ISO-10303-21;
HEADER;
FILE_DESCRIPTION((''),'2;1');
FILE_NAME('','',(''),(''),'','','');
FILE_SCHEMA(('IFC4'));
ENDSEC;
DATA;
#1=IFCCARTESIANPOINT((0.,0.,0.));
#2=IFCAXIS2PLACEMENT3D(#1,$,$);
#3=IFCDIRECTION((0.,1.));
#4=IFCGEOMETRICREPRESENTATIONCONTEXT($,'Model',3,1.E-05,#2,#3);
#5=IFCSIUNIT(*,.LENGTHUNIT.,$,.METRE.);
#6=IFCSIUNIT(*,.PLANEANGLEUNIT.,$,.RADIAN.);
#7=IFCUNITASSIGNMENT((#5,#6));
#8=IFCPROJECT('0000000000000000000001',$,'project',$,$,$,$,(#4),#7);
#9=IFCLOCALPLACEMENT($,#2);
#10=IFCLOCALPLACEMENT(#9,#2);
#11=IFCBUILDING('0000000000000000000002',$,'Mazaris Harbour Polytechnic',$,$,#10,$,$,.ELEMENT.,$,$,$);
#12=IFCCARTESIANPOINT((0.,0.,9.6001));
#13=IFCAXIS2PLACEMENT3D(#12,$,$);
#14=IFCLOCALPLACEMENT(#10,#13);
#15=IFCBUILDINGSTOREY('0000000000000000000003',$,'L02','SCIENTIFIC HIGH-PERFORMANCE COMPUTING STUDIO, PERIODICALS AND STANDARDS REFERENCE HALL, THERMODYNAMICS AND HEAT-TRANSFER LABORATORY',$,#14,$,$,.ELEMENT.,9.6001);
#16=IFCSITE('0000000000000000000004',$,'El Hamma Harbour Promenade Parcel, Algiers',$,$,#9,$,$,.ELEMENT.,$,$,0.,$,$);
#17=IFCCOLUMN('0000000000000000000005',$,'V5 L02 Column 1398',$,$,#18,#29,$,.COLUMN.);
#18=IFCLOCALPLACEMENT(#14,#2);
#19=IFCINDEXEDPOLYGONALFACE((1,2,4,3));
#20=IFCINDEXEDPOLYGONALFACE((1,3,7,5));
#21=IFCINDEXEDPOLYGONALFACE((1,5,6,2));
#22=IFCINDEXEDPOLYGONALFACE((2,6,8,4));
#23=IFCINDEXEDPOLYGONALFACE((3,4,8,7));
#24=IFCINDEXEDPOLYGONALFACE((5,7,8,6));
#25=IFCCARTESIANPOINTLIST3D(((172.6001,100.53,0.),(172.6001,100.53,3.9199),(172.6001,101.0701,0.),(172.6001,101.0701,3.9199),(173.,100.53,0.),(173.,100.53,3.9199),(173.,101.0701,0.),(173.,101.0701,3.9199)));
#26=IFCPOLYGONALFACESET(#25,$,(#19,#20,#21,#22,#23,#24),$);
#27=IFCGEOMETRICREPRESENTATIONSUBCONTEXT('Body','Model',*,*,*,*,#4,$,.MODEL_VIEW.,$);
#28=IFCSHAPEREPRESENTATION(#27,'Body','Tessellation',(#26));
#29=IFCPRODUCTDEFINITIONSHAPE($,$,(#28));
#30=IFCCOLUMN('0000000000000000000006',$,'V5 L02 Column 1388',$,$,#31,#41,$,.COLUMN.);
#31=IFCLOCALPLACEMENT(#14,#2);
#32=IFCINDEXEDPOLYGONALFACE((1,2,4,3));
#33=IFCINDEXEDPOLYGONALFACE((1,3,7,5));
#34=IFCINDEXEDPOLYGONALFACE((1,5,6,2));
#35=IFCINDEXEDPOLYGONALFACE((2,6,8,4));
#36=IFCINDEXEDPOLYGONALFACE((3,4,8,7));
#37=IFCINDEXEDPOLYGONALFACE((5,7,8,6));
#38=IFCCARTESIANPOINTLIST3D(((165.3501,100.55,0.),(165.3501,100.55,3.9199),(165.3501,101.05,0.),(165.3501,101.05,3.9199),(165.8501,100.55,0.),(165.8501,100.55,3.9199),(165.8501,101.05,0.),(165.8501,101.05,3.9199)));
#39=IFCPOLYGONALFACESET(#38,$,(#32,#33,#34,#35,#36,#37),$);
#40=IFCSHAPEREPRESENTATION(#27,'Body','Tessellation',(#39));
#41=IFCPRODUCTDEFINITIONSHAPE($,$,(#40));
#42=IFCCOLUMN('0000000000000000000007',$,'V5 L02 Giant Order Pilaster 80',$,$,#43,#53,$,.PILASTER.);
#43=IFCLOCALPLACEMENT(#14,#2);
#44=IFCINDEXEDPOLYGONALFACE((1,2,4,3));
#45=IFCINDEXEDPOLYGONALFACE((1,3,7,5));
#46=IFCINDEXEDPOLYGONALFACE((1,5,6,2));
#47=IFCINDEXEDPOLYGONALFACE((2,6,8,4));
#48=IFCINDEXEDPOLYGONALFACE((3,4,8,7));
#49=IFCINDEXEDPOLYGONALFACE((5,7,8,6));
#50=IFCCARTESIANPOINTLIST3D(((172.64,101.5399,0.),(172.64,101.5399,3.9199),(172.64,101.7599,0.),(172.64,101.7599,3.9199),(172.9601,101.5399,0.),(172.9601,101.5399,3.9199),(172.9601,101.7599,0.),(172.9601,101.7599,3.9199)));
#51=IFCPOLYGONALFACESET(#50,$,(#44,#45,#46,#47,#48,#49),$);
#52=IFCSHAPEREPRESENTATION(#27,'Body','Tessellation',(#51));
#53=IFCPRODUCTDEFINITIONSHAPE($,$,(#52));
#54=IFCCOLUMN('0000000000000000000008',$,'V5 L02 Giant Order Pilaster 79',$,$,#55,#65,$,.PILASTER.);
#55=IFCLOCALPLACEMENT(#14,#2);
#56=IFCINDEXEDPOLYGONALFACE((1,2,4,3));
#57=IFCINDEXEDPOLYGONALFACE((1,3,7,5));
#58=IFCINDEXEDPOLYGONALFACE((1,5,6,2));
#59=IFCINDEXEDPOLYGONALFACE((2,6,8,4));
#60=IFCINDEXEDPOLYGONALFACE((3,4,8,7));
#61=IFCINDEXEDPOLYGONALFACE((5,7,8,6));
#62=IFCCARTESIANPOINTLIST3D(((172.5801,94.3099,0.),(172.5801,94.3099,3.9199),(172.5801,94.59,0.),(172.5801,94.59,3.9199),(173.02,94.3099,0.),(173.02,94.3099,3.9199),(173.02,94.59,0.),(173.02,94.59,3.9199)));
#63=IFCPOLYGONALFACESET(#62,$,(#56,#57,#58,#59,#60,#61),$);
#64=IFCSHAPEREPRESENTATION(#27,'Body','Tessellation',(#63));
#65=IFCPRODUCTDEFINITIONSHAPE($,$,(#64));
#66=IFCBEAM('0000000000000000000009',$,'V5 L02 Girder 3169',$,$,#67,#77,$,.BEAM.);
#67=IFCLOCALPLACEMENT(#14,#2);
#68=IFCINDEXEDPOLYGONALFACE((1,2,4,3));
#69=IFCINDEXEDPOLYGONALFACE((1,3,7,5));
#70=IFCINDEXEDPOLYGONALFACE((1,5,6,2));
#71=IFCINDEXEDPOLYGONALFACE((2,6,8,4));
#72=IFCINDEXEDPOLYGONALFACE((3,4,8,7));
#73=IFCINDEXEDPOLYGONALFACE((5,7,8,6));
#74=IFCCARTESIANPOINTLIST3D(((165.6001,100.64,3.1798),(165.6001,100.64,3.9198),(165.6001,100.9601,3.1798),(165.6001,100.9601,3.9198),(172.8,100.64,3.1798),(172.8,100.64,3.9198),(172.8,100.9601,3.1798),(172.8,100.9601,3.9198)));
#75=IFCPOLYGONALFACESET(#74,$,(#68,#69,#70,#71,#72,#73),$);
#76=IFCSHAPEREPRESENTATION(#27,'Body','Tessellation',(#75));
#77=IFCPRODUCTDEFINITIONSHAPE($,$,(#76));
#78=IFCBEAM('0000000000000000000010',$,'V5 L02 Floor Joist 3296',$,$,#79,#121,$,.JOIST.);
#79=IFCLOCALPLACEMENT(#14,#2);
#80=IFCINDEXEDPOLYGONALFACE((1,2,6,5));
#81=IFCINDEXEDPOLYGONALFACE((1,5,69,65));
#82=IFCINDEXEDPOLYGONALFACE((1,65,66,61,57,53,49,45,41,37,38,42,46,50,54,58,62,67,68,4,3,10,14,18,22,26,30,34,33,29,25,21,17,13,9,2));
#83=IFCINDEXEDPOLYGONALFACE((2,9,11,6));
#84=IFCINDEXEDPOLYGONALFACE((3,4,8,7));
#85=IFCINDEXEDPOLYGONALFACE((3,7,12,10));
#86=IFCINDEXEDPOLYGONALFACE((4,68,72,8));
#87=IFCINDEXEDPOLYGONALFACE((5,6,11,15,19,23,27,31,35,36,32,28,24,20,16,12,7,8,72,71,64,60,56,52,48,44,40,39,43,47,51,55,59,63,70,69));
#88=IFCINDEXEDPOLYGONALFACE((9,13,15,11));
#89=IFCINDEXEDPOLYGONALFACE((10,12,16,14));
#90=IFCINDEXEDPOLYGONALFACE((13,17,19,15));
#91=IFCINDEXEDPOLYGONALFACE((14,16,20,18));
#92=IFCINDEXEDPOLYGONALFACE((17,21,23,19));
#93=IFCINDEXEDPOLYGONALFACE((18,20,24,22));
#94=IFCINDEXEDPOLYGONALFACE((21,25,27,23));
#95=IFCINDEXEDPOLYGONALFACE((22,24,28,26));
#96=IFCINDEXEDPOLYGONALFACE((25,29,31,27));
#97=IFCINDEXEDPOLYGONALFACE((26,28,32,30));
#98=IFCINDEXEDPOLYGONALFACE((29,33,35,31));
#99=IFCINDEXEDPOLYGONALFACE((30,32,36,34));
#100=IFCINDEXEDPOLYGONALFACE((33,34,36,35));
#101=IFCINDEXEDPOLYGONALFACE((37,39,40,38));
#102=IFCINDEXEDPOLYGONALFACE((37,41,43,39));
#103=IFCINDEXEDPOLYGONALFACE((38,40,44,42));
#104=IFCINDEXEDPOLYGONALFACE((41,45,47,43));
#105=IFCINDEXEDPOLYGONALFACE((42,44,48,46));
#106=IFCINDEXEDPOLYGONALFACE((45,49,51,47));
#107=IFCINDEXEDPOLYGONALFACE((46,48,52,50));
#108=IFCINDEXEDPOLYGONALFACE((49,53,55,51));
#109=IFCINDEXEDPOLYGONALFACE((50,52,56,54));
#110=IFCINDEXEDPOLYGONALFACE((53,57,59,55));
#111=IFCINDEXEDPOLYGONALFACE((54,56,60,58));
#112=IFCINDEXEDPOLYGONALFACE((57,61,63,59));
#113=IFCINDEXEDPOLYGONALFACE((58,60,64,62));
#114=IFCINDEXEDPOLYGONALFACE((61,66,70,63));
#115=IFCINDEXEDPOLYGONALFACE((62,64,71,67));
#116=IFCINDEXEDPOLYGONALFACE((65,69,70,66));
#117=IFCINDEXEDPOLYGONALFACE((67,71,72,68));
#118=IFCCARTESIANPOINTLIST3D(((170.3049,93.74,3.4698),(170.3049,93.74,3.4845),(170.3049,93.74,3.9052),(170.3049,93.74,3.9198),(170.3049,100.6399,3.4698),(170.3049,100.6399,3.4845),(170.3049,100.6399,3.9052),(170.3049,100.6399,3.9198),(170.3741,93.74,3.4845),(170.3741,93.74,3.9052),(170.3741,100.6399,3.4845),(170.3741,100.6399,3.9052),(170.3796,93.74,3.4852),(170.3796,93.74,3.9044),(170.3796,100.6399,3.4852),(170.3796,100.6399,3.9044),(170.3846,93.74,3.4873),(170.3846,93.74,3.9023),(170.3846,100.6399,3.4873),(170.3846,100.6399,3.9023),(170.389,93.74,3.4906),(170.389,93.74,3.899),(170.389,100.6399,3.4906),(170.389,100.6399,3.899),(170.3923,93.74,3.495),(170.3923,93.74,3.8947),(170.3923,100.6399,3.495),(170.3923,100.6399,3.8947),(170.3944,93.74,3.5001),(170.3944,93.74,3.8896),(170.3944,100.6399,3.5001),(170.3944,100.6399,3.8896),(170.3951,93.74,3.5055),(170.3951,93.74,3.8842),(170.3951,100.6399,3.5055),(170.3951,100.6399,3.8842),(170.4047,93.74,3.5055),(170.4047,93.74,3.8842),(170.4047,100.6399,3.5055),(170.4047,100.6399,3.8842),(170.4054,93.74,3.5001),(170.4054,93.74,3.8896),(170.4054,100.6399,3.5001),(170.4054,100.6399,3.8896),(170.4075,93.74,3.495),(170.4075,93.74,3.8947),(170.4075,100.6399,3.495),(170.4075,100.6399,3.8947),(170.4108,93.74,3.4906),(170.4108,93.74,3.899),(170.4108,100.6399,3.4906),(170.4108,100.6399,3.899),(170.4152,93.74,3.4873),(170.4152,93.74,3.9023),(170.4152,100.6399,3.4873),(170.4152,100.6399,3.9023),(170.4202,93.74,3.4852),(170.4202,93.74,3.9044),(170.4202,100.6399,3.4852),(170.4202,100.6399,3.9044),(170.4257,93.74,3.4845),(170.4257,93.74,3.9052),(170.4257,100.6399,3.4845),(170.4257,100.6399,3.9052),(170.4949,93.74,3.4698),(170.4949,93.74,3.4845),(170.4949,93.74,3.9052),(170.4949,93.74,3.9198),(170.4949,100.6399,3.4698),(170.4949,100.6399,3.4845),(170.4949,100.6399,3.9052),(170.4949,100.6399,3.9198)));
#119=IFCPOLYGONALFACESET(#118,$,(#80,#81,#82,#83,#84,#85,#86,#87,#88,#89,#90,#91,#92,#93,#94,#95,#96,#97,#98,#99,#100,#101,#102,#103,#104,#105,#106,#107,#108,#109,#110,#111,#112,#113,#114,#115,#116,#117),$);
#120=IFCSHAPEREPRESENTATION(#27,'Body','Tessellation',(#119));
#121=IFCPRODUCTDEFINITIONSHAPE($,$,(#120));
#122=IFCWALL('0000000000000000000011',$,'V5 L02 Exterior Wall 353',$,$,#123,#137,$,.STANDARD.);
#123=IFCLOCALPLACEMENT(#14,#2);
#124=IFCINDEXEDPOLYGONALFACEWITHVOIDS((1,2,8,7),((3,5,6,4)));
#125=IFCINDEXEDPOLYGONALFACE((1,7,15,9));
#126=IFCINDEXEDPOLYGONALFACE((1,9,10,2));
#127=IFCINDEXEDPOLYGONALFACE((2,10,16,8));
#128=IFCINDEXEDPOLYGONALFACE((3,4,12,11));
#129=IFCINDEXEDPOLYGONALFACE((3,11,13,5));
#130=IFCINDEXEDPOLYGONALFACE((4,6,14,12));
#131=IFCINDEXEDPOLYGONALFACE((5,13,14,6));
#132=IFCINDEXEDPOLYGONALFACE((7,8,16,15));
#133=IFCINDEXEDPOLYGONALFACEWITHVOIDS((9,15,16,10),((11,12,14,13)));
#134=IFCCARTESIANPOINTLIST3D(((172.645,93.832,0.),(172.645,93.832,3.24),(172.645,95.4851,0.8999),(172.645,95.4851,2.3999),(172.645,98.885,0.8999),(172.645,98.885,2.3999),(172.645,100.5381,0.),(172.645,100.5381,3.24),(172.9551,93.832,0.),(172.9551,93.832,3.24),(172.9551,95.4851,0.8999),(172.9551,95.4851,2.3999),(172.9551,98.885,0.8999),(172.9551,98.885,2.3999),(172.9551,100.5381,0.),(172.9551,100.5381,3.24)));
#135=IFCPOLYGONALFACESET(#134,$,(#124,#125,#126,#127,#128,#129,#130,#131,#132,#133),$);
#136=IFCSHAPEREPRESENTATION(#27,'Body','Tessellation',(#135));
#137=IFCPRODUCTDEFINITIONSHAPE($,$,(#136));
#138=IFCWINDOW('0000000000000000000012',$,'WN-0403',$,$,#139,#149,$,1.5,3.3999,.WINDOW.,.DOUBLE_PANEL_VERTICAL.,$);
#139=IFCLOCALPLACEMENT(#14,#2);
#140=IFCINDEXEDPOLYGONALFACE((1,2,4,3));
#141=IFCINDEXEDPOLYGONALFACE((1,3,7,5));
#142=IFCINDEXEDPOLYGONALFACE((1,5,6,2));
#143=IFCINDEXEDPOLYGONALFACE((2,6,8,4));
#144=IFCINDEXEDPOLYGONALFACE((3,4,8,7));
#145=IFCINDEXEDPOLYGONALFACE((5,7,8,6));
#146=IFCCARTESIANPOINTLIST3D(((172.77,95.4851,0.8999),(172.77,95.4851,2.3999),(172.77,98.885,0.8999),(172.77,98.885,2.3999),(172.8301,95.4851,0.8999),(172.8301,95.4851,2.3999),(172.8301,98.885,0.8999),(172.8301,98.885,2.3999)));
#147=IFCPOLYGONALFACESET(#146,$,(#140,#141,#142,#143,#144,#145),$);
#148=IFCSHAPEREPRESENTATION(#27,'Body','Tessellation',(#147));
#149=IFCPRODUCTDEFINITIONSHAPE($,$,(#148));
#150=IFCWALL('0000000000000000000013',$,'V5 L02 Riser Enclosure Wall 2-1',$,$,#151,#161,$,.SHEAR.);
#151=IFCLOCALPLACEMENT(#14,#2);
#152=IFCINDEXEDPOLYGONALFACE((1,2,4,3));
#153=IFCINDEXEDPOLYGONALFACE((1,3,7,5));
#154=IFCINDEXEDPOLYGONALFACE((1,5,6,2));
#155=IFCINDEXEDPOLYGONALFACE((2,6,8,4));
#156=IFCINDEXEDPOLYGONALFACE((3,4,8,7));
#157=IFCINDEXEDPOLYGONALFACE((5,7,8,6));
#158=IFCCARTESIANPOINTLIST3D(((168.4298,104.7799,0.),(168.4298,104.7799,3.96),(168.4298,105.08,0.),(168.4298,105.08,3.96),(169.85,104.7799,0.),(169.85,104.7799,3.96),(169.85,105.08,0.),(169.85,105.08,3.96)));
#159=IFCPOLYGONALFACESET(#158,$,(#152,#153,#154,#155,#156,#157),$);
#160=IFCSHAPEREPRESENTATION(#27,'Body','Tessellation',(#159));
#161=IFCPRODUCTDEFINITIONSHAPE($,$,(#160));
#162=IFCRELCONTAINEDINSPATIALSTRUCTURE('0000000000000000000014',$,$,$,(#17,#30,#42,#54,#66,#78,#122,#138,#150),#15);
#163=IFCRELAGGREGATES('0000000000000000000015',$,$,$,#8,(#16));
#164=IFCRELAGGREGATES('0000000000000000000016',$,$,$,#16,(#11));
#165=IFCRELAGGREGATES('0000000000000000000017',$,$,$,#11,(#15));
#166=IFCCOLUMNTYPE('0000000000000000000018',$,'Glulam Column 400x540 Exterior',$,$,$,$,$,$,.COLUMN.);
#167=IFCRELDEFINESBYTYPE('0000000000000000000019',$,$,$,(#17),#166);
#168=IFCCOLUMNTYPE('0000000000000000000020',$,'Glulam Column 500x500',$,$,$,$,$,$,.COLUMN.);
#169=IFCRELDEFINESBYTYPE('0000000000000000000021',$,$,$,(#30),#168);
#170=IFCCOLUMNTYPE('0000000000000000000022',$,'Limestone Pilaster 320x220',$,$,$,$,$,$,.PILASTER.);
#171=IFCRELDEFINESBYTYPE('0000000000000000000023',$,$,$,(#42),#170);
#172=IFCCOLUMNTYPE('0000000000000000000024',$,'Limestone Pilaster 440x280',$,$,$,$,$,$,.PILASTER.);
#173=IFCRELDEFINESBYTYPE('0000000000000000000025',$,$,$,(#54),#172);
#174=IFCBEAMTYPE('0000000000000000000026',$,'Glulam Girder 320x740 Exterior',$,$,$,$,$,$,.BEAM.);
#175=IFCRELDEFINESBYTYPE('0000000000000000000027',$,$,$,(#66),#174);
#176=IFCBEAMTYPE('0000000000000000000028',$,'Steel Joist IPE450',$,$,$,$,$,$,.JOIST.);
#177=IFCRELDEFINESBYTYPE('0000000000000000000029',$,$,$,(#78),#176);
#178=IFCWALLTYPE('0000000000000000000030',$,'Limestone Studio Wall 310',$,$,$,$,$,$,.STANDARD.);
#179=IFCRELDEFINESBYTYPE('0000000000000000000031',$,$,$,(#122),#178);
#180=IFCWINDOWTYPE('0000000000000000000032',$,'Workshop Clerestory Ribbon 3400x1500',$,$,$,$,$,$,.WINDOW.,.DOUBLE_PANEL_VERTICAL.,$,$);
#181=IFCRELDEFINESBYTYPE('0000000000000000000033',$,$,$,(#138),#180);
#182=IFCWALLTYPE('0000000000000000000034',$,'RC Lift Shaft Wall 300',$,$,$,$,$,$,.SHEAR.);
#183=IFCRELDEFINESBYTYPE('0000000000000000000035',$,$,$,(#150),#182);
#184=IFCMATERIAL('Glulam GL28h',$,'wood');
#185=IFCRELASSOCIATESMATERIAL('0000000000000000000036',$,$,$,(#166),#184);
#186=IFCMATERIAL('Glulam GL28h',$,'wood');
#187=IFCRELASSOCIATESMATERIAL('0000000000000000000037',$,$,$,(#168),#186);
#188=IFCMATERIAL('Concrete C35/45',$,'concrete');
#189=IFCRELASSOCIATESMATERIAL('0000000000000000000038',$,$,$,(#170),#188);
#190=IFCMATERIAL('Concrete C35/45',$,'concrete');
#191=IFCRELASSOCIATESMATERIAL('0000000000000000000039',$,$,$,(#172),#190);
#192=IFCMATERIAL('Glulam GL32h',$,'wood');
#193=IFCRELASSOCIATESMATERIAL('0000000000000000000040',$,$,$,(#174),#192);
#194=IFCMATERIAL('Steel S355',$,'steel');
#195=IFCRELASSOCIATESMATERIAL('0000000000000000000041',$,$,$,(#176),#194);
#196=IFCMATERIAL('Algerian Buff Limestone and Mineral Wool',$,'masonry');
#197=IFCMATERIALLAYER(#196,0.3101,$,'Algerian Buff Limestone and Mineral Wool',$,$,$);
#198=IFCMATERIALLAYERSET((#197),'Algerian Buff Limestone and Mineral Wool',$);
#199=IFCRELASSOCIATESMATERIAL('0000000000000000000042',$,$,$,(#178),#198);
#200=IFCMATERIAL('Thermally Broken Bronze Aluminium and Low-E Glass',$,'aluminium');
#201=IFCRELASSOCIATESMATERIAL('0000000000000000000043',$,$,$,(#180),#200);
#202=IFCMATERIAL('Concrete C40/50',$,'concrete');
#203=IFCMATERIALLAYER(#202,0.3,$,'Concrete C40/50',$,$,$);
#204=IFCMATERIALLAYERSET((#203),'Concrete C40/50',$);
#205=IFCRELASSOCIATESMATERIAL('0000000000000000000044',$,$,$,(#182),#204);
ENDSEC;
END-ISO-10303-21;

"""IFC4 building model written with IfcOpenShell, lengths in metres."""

from ifc_helpers import new_model, si_unit, direction, frame, frame_2d, origin, origin_2d, place, context, subcontext, project, spatial, rectangle, i_section, extrude, material, layer, layer_set, material_profile, profile_set, type_object, element, fill, save


model = new_model("IFC4")

# Units and contexts
model_context = context("Model", 3, precision=1e-05, world=origin(), true_north=direction((0.0, 1.0)))
body_context = subcontext(model_context, "Body", "Model", "MODEL_VIEW")
ifc_project = project(units=[si_unit("LENGTHUNIT", "METRE"), si_unit("PLANEANGLEUNIT", "RADIAN")], contexts=[model_context])

# Site, building, storey
site_placement = place(None, origin())
site = spatial("IfcSite", under=ifc_project, at=site_placement, Name="El Hamma Harbour Promenade Parcel, Algiers", CompositionType="ELEMENT", RefElevation=0.0)
building_placement = place(site_placement, origin())
building = spatial("IfcBuilding", under=site, at=building_placement, Name="Mazaris Harbour Polytechnic", CompositionType="ELEMENT")
storey_placement = place(building_placement, frame((0.0, 0.0, 9.6001)))
storey = spatial("IfcBuildingStorey", under=building, at=storey_placement, Name="L02", Description="SCIENTIFIC HIGH-PERFORMANCE COMPUTING STUDIO, PERIODICALS AND STANDARDS REFERENCE HALL, THERMODYNAMICS AND HEAT-TRANSFER LABORATORY", CompositionType="ELEMENT", Elevation=9.6001)

# Columns
ifc_material_1 = material(Name="Glulam GL28h", Category="wood")
ifc_material_profile_1 = material_profile(ifc_material_1, rectangle(XDim=0.3999, YDim=0.54, at=origin_2d()), Name="RECT400x540")
ifc_profile_set_1 = profile_set([ifc_material_profile_1], Name="Glulam GL28h")
column_type_1 = type_object("IfcColumnType", Name="Glulam Column 400x540 Exterior", PredefinedType="COLUMN", material=ifc_profile_set_1)
column_1_placement = place(storey_placement, frame((172.8, 100.8, 0.0), z_axis=(0.0, 0.0, 1.0), x_axis=(1.0, 0.0, 0.0)))
element("IfcColumn", 1, at=column_1_placement, inside=storey, type_object=column_type_1, Name="V5 L02 Column 1398", PredefinedType="COLUMN", context=body_context, shape_type="SweptSolid", body=[
    extrude(rectangle(XDim=0.3999, YDim=0.54, at=origin_2d()), origin(), (0.0, 0.0, 1.0), 3.9199),
])
ifc_material_2 = material(Name="Glulam GL28h", Category="wood")
ifc_material_profile_2 = material_profile(ifc_material_2, rectangle(XDim=0.5, YDim=0.5, at=origin_2d()), Name="RECT500x500")
ifc_profile_set_2 = profile_set([ifc_material_profile_2], Name="Glulam GL28h")
column_type_2 = type_object("IfcColumnType", Name="Glulam Column 500x500", PredefinedType="COLUMN", material=ifc_profile_set_2)
column_2_placement = place(storey_placement, frame((165.6001, 100.8, 0.0), z_axis=(0.0, 0.0, 1.0), x_axis=(1.0, 0.0, 0.0)))
element("IfcColumn", 2, at=column_2_placement, inside=storey, type_object=column_type_2, Name="V5 L02 Column 1388", PredefinedType="COLUMN", context=body_context, shape_type="SweptSolid", body=[
    extrude(rectangle(XDim=0.5, YDim=0.5, at=origin_2d()), origin(), (0.0, 0.0, 1.0), 3.9199),
])
ifc_material_3 = material(Name="Concrete C35/45", Category="concrete")
ifc_material_profile_3 = material_profile(ifc_material_3, rectangle(XDim=0.3201, YDim=0.22, at=origin_2d()), Name="RECT320x220")
ifc_profile_set_3 = profile_set([ifc_material_profile_3], Name="Concrete C35/45")
column_type_3 = type_object("IfcColumnType", Name="Limestone Pilaster 320x220", PredefinedType="PILASTER", material=ifc_profile_set_3)
column_3_placement = place(storey_placement, frame((172.8, 101.6499, 0.0), z_axis=(0.0, 0.0, 1.0), x_axis=(1.0, 0.0, 0.0)))
element("IfcColumn", 3, at=column_3_placement, inside=storey, type_object=column_type_3, Name="V5 L02 Giant Order Pilaster 80", PredefinedType="PILASTER", context=body_context, shape_type="SweptSolid", body=[
    extrude(rectangle(XDim=0.3201, YDim=0.22, at=origin_2d()), origin(), (0.0, 0.0, 1.0), 3.9199),
])
ifc_material_4 = material(Name="Concrete C35/45", Category="concrete")
ifc_material_profile_4 = material_profile(ifc_material_4, rectangle(XDim=0.4399, YDim=0.28, at=origin_2d()), Name="RECT440x280")
ifc_profile_set_4 = profile_set([ifc_material_profile_4], Name="Concrete C35/45")
column_type_4 = type_object("IfcColumnType", Name="Limestone Pilaster 440x280", PredefinedType="PILASTER", material=ifc_profile_set_4)
column_4_placement = place(storey_placement, frame((172.8, 94.45, 0.0), z_axis=(0.0, 0.0, 1.0), x_axis=(1.0, 0.0, 0.0)))
element("IfcColumn", 4, at=column_4_placement, inside=storey, type_object=column_type_4, Name="V5 L02 Giant Order Pilaster 79", PredefinedType="PILASTER", context=body_context, shape_type="SweptSolid", body=[
    extrude(rectangle(XDim=0.4399, YDim=0.28, at=origin_2d()), origin(), (0.0, 0.0, 1.0), 3.9199),
])

# Beams
ifc_material_5 = material(Name="Glulam GL32h", Category="wood")
ifc_material_profile_5 = material_profile(ifc_material_5, rectangle(XDim=0.3201, YDim=0.74, at=origin_2d()), Name="RECT320x740")
ifc_profile_set_5 = profile_set([ifc_material_profile_5], Name="Glulam GL32h")
beam_type_1 = type_object("IfcBeamType", Name="Glulam Girder 320x740 Exterior", PredefinedType="BEAM", material=ifc_profile_set_5)
beam_1_placement = place(storey_placement, frame((165.6001, 100.8, 3.5498), z_axis=(1.0, 0.0, 0.0), x_axis=(0.0, 1.0, 0.0)))
element("IfcBeam", 5, at=beam_1_placement, inside=storey, type_object=beam_type_1, Name="V5 L02 Girder 3169", PredefinedType="BEAM", context=body_context, shape_type="SweptSolid", body=[
    extrude(rectangle(XDim=0.3201, YDim=0.74, at=origin_2d()), origin(), (0.0, 0.0, 1.0), 7.2),
])
ifc_material_6 = material(Name="Steel S355", Category="steel")
ifc_material_profile_6 = material_profile(ifc_material_6, i_section(OverallWidth=0.1899, OverallDepth=0.45, WebThickness=0.0095, FlangeThickness=0.0146, FilletRadius=0.021, at=origin_2d()), Name="IPE 450")
ifc_profile_set_6 = profile_set([ifc_material_profile_6], Name="Steel S355")
beam_type_2 = type_object("IfcBeamType", Name="Steel Joist IPE450", PredefinedType="JOIST", material=ifc_profile_set_6)
beam_2_placement = place(storey_placement, frame((170.3999, 93.74, 3.6948), z_axis=(0.0, 1.0, 0.0), x_axis=(-1.0, 0.0, 0.0)))
element("IfcBeam", 6, at=beam_2_placement, inside=storey, type_object=beam_type_2, Name="V5 L02 Floor Joist 3296", PredefinedType="JOIST", context=body_context, shape_type="SweptSolid", body=[
    extrude(i_section(OverallWidth=0.1899, OverallDepth=0.45, WebThickness=0.0095, FlangeThickness=0.0146, FilletRadius=0.021, at=origin_2d()), origin(), (0.0, 0.0, 1.0), 6.8999),
])

# Wall, opening, window
ifc_material_7 = material(Name="Algerian Buff Limestone and Mineral Wool", Category="masonry")
ifc_layer_1 = layer(ifc_material_7, 0.3101, Name="Algerian Buff Limestone and Mineral Wool")
ifc_layer_set_1 = layer_set([ifc_layer_1], Name="Algerian Buff Limestone and Mineral Wool")
wall_type_1 = type_object("IfcWallType", Name="Limestone Studio Wall 310", PredefinedType="STANDARD", material=ifc_layer_set_1)
wall_1_placement = place(storey_placement, frame((172.8, 100.5381, 0.0), z_axis=(0.0, 0.0, 1.0), x_axis=(0.0, -1.0, 0.0)))
wall_1 = element("IfcWall", 7, at=wall_1_placement, inside=storey, type_object=wall_type_1, Name="V5 L02 Exterior Wall 353", PredefinedType="STANDARD", context=body_context, shape_type="SweptSolid", body=[
    extrude(rectangle(XDim=6.7061, YDim=0.3101, at=frame_2d((3.353, 0.0))), origin(), (0.0, 0.0, 1.0), 3.24),
])
opening_placement = place(wall_1_placement, frame((1.6531, 0.0, 0.8999)))
opening = element("IfcOpeningElement", 8, at=opening_placement, cuts=wall_1, PredefinedType="OPENING", context=body_context, shape_type="SweptSolid", body=[
    extrude(rectangle(XDim=3.3999, YDim=1.5, at=frame_2d((1.7, 0.75))), frame((0.0, 0.165, 0.0), z_axis=(0.0, -1.0, 0.0), x_axis=(1.0, 0.0, 0.0)), (0.0, 0.0, 1.0), 0.3301),
])
ifc_material_8 = material(Name="Thermally Broken Bronze Aluminium and Low-E Glass", Category="aluminium")
window_type = type_object("IfcWindowType", Name="Workshop Clerestory Ribbon 3400x1500", PartitioningType="DOUBLE_PANEL_VERTICAL", PredefinedType="WINDOW", material=ifc_material_8)
window_placement = place(opening_placement, origin())
window = element("IfcWindow", 9, at=window_placement, inside=storey, type_object=window_type, Name="WN-0403", OverallHeight=1.5, OverallWidth=3.3999, PartitioningType="DOUBLE_PANEL_VERTICAL", PredefinedType="WINDOW", context=body_context, shape_type="SweptSolid", body=[
    extrude(rectangle(XDim=3.3999, YDim=1.5, at=frame_2d((1.7, 0.75))), frame((0.0, 0.03, 0.0), z_axis=(0.0, -1.0, 0.0), x_axis=(1.0, 0.0, 0.0)), (0.0, 0.0, 1.0), 0.0601),
])
fill(opening, window)

# Wall
ifc_material_9 = material(Name="Concrete C40/50", Category="concrete")
ifc_layer_2 = layer(ifc_material_9, 0.3, Name="Concrete C40/50")
ifc_layer_set_2 = layer_set([ifc_layer_2], Name="Concrete C40/50")
wall_type_2 = type_object("IfcWallType", Name="RC Lift Shaft Wall 300", PredefinedType="SHEAR", material=ifc_layer_set_2)
wall_2_placement = place(storey_placement, frame((168.4299, 104.9299, 0.0), z_axis=(0.0, 0.0, 1.0), x_axis=(1.0, 0.0, 0.0)))
element("IfcWall", 10, at=wall_2_placement, inside=storey, type_object=wall_type_2, Name="V5 L02 Riser Enclosure Wall 2-1", PredefinedType="SHEAR", context=body_context, shape_type="SweptSolid", body=[
    extrude(rectangle(XDim=1.4202, YDim=0.3, at=frame_2d((0.71, 0.0))), origin(), (0.0, 0.0, 1.0), 3.96),
])

save(model, "model.ifc")
